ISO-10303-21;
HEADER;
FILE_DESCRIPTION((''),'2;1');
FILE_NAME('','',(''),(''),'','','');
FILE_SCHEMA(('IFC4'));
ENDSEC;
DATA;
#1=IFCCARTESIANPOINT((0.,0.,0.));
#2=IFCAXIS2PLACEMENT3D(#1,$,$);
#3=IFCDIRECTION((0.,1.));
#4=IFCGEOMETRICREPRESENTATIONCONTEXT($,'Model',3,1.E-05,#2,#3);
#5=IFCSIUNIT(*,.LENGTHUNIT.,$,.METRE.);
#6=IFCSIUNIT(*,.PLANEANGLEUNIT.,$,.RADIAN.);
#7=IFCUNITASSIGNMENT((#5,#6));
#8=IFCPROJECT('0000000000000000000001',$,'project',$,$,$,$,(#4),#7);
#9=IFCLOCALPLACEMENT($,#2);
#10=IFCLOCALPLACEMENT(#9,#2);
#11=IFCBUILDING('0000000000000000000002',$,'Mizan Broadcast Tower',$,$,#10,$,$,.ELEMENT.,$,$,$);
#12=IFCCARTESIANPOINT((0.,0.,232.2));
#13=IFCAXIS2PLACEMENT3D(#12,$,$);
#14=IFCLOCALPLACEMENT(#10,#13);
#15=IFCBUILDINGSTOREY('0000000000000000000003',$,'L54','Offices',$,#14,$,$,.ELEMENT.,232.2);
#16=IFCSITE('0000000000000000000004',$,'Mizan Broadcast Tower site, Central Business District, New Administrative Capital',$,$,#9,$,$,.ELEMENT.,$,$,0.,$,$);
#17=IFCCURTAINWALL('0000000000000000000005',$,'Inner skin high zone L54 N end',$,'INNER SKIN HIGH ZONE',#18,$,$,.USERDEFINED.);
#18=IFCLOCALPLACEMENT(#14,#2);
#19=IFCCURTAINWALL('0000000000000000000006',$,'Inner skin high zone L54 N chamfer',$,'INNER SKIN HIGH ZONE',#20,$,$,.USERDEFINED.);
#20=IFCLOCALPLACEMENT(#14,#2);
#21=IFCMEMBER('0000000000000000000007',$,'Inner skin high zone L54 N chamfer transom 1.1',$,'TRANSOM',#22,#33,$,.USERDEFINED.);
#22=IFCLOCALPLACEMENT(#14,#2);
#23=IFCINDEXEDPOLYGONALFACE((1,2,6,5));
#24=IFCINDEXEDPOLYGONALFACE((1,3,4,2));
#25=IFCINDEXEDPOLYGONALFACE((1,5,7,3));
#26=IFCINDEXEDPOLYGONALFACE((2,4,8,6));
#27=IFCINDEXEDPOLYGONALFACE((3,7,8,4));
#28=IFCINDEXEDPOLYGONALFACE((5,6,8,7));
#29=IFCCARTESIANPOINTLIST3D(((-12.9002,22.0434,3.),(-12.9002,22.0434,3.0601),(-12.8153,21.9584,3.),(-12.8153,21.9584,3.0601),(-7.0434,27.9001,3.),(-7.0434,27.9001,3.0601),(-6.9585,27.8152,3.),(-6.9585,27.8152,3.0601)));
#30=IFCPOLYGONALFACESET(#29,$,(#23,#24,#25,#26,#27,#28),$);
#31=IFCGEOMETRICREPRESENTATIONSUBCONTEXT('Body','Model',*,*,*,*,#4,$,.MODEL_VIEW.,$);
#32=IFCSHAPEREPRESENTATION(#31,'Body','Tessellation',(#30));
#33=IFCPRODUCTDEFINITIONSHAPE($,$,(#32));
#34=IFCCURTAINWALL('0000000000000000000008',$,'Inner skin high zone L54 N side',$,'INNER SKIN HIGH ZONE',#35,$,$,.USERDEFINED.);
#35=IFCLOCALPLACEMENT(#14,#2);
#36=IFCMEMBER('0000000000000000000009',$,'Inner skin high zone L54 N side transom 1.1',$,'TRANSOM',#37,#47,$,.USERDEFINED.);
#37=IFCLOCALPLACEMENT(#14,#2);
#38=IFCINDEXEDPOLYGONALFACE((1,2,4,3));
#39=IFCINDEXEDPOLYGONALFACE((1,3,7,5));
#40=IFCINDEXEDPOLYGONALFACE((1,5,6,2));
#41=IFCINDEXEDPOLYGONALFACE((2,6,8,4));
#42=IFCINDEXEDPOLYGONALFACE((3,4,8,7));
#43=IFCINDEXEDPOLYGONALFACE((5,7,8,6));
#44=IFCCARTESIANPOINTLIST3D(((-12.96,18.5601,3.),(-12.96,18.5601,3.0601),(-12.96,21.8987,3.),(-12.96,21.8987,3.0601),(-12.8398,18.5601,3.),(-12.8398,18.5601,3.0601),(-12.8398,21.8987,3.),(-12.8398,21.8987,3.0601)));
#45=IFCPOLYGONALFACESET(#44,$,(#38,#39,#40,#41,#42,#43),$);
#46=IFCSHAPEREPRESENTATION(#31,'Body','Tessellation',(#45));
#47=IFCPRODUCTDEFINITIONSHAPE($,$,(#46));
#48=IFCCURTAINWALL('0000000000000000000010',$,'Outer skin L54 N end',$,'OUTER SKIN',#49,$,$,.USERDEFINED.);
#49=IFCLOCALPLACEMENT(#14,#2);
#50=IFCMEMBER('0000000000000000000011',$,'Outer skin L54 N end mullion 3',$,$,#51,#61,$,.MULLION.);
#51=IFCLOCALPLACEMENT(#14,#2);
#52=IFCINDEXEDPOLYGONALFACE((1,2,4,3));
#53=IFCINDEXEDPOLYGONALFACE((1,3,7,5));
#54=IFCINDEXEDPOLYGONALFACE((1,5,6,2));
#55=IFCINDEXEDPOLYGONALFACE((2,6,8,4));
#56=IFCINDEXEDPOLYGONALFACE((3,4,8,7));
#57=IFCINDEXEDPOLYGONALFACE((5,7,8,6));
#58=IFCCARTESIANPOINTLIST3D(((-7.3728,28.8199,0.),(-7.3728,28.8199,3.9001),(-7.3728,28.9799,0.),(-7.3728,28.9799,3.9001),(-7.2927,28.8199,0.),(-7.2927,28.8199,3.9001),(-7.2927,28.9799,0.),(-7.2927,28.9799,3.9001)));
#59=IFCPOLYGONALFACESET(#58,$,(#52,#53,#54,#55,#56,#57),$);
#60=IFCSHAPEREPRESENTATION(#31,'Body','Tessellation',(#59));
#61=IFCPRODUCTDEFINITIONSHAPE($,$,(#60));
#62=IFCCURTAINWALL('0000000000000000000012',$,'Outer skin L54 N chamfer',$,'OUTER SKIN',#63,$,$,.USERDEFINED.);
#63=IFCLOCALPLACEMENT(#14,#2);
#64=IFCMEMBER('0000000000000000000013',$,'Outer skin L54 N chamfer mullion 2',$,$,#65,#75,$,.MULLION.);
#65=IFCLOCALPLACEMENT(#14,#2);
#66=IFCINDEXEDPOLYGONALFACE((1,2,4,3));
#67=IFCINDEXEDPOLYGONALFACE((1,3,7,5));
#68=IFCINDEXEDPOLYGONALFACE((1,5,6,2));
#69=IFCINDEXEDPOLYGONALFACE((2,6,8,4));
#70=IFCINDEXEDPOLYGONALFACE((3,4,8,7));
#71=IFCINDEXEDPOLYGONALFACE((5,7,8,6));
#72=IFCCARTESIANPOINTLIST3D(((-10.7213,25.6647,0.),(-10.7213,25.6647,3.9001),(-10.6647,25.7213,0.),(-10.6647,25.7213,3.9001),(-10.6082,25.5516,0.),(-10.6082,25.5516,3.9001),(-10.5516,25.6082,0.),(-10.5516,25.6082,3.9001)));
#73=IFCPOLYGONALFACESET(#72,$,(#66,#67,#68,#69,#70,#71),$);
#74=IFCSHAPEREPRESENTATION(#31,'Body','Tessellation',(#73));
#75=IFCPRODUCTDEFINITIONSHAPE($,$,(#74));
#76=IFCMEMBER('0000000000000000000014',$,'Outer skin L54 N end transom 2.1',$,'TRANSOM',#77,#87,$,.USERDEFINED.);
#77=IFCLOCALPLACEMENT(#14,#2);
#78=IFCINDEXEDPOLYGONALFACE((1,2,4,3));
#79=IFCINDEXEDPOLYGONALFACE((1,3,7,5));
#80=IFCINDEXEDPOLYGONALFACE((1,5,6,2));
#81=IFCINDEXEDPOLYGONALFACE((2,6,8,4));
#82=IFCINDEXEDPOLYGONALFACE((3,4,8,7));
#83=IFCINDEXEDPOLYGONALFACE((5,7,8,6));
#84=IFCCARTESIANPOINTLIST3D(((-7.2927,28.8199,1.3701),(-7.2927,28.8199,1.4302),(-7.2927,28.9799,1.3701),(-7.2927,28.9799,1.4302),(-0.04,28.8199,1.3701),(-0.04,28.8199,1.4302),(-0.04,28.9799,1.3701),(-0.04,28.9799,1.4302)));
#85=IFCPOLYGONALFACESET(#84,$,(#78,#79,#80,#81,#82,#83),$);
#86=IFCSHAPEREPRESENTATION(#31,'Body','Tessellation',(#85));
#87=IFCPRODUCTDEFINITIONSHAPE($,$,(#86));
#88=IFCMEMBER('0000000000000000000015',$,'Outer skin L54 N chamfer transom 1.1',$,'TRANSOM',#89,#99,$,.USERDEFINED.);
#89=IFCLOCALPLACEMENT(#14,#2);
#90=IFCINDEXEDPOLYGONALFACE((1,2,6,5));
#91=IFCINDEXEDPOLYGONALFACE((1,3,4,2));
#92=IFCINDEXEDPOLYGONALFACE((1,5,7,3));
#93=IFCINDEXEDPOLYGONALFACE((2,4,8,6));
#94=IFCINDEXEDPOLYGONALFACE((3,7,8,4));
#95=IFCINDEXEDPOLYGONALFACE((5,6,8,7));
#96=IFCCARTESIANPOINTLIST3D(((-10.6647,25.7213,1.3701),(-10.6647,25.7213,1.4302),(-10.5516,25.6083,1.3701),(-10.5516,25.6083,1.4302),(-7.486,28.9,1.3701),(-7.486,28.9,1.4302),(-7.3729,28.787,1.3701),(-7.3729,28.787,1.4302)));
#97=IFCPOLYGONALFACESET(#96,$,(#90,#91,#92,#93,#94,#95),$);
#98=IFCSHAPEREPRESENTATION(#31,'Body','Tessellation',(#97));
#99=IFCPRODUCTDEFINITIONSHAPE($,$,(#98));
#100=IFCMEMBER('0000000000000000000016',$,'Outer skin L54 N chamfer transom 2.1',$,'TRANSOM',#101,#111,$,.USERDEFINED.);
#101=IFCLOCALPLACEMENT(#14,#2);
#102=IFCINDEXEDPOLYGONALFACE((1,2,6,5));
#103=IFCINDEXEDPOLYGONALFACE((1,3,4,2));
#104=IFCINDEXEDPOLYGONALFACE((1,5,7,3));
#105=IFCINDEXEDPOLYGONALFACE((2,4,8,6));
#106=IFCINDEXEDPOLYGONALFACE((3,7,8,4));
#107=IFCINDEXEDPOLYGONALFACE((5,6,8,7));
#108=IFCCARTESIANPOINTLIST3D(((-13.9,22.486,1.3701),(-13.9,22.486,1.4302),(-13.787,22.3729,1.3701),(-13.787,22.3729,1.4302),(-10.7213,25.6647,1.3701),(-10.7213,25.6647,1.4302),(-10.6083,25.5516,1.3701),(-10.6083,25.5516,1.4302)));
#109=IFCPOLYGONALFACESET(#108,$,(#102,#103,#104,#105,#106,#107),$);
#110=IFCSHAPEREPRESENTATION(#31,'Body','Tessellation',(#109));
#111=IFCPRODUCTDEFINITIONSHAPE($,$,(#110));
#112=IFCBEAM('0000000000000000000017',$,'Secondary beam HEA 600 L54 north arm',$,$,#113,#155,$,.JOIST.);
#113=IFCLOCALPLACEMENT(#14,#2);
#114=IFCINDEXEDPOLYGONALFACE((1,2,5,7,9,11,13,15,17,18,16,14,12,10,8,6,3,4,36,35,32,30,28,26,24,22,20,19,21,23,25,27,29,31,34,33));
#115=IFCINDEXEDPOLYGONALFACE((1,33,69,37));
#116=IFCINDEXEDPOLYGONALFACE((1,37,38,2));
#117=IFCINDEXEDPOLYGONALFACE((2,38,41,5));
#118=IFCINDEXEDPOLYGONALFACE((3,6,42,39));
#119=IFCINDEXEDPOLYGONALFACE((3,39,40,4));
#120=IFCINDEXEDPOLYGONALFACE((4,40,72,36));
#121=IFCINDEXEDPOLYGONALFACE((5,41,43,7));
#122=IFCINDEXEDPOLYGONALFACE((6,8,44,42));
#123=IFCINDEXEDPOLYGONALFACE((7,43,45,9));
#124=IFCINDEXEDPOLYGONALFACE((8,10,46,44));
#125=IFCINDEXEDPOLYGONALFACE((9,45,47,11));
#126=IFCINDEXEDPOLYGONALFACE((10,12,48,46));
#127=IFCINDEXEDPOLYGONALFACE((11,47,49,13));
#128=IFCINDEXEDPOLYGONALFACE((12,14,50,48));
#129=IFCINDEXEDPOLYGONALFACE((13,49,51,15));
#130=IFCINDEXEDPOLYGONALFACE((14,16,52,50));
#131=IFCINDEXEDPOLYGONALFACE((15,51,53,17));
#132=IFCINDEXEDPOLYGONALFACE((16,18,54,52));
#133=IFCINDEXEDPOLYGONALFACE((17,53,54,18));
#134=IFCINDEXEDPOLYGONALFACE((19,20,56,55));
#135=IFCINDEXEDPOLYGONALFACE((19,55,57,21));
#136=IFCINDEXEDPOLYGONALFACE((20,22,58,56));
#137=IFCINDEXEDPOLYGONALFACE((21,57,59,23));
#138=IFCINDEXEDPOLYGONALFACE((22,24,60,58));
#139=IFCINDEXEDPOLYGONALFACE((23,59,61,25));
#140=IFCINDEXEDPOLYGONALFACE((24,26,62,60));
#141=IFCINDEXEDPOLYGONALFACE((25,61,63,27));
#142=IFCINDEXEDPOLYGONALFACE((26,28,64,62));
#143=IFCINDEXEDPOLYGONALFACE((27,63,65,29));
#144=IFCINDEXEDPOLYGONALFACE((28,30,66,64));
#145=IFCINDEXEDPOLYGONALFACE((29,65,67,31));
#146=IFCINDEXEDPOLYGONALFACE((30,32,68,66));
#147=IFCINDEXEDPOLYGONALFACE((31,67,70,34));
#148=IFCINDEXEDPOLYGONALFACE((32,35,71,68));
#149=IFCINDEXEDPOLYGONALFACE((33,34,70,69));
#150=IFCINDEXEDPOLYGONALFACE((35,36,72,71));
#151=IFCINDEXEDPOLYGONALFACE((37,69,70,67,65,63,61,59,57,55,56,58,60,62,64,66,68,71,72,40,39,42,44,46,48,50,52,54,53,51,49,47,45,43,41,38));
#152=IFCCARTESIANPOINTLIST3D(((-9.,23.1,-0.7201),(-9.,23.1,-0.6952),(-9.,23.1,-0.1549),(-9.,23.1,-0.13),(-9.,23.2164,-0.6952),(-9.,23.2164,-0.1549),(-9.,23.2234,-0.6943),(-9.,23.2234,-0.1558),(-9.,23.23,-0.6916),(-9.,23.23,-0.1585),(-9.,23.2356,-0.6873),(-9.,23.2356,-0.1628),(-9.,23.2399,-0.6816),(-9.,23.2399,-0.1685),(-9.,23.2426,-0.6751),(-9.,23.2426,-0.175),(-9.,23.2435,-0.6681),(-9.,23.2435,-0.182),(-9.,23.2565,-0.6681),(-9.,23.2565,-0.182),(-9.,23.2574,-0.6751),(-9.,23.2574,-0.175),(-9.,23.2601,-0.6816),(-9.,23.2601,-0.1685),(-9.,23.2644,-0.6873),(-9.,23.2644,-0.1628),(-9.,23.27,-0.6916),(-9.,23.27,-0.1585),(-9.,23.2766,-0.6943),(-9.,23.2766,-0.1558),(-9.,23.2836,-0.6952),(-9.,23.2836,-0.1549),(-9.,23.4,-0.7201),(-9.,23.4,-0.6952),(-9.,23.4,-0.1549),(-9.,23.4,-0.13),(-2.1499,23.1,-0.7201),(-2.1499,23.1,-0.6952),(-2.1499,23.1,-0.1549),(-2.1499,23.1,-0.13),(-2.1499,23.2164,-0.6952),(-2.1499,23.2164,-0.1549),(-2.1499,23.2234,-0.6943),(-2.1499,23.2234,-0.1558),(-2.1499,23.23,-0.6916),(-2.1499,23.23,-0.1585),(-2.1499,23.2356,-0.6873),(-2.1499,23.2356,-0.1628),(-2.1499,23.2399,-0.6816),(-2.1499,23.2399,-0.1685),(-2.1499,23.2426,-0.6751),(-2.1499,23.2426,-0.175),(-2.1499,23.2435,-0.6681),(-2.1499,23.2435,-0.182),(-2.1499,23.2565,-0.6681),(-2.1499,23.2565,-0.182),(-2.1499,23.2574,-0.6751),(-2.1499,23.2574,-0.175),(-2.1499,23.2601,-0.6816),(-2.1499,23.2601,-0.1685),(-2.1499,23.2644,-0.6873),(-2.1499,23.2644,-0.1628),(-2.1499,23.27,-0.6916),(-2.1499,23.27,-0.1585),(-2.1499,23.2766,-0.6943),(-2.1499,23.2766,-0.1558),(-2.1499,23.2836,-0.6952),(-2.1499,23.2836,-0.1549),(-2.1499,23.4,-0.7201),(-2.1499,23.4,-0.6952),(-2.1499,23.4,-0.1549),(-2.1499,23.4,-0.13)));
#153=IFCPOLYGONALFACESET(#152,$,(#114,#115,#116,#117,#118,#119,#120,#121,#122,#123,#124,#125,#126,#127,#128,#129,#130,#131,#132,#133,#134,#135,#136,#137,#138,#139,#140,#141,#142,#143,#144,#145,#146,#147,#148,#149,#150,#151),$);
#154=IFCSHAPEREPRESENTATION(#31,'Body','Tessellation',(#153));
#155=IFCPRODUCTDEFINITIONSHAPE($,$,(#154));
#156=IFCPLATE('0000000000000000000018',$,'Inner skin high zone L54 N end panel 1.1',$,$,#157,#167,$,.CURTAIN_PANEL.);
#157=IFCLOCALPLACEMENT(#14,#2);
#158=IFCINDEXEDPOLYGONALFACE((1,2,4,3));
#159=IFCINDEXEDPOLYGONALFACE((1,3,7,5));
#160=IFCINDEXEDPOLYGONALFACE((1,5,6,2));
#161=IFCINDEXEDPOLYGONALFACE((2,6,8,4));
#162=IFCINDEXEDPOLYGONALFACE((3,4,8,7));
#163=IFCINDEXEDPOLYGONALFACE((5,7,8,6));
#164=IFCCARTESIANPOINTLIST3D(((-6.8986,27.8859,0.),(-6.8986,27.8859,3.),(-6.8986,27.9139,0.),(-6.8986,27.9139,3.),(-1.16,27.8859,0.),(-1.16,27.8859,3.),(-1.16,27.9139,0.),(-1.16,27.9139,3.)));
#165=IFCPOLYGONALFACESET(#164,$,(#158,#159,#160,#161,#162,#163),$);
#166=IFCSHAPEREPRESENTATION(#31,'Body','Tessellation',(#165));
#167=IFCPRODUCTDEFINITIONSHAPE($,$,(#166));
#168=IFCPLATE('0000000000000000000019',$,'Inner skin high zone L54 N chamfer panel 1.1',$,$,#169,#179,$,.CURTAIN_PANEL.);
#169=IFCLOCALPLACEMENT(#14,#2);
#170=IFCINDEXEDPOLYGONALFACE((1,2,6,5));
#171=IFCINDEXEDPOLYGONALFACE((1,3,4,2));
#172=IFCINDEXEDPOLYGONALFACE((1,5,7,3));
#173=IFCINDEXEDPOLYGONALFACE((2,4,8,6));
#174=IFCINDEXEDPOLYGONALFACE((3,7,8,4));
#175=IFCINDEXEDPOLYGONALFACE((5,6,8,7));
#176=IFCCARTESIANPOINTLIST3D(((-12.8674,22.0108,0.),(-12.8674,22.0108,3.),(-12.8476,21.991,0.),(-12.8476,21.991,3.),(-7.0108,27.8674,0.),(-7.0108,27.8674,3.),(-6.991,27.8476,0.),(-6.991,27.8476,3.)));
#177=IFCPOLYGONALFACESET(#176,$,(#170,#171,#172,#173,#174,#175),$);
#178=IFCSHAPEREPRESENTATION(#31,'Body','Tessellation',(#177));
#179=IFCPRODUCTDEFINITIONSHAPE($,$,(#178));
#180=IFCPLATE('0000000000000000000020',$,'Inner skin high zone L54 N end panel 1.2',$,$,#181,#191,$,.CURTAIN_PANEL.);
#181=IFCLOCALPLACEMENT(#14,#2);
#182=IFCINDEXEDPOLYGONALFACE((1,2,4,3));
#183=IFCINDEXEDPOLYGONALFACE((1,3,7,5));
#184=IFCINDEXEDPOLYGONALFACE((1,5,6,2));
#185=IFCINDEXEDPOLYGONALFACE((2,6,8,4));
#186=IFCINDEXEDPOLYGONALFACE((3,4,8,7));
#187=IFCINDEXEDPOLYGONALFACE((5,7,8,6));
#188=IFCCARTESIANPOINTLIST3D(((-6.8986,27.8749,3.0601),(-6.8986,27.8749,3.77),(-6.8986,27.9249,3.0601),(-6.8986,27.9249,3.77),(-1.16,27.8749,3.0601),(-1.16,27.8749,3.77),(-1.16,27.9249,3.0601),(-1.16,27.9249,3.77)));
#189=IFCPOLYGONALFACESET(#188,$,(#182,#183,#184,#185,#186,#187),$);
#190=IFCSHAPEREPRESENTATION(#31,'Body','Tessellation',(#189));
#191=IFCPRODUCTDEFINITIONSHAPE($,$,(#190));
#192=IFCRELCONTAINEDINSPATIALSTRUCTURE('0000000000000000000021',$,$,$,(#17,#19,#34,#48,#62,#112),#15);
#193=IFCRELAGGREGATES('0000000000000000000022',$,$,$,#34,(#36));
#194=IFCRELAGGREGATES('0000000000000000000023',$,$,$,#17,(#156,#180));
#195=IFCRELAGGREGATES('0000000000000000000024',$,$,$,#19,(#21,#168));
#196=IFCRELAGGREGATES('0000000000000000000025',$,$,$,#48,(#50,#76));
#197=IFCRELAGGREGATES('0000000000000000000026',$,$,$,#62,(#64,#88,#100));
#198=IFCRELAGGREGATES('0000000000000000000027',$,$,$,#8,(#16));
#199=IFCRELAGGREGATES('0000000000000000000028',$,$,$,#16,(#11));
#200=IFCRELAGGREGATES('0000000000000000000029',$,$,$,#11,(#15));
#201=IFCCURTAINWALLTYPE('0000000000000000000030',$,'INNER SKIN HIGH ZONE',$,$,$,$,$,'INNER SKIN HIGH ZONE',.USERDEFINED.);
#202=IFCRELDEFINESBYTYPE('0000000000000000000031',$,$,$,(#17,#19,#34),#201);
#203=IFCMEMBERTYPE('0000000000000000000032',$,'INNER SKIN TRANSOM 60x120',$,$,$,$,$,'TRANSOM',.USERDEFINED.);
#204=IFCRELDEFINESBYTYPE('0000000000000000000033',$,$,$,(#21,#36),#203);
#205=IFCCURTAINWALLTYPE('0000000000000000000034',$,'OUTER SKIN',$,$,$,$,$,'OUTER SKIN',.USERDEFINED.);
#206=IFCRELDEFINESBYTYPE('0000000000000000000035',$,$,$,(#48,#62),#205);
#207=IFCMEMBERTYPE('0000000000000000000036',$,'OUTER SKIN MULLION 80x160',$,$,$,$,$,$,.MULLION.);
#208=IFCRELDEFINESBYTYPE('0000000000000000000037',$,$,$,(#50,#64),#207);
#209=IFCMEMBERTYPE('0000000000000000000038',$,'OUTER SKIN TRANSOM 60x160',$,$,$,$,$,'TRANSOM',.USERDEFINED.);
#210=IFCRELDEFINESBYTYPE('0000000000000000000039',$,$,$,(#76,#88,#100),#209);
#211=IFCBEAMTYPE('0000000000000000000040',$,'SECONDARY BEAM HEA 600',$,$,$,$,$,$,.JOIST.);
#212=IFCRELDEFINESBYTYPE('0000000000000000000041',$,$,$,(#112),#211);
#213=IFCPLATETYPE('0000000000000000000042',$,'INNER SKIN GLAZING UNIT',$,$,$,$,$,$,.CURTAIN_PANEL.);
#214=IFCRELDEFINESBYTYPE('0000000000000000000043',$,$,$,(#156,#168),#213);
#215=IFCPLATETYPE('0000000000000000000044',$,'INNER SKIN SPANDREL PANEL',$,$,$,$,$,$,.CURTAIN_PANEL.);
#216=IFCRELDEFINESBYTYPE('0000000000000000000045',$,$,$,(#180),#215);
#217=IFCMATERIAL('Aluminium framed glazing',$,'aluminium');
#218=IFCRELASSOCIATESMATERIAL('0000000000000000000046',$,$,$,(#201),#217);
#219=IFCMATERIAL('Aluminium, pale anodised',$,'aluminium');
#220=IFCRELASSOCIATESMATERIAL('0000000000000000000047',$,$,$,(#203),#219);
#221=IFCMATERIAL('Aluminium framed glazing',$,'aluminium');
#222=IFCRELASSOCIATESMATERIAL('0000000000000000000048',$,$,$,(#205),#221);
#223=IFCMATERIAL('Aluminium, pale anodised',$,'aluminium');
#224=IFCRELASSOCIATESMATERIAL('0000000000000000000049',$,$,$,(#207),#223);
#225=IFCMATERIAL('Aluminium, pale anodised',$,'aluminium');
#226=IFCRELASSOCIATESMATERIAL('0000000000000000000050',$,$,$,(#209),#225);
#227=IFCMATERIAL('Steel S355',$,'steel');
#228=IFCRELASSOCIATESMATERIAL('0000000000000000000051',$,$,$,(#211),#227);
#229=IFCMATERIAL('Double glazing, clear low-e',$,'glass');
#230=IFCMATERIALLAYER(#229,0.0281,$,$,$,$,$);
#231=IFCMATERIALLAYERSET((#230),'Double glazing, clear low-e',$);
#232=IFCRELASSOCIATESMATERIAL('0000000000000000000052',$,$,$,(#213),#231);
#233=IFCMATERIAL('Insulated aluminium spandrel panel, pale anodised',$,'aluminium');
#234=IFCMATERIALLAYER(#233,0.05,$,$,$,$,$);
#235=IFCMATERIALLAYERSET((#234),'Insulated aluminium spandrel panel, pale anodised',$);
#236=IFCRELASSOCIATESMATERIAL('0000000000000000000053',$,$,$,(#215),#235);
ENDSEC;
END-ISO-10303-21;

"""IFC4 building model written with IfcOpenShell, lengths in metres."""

from ifc_helpers import new_model, si_unit, direction, frame, origin, origin_2d, place, context, subcontext, project, spatial, rectangle, i_section, extrude, material, layer, layer_set, material_profile, profile_set, type_object, element, aggregate, save


model = new_model("IFC4")

# Units and contexts
model_context = context("Model", 3, precision=1e-05, world=origin(), true_north=direction((0.0, 1.0)))
body_context = subcontext(model_context, "Body", "Model", "MODEL_VIEW")
ifc_project = project(units=[si_unit("LENGTHUNIT", "METRE"), si_unit("PLANEANGLEUNIT", "RADIAN")], contexts=[model_context])

# Site, building, storey
site_placement = place(None, origin())
site = spatial("IfcSite", under=ifc_project, at=site_placement, Name="Mizan Broadcast Tower site, Central Business District, New Administrative Capital", CompositionType="ELEMENT", RefElevation=0.0)
building_placement = place(site_placement, origin())
building = spatial("IfcBuilding", under=site, at=building_placement, Name="Mizan Broadcast Tower", CompositionType="ELEMENT")
storey_placement = place(building_placement, frame((0.0, 0.0, 232.2)))
storey = spatial("IfcBuildingStorey", under=building, at=storey_placement, Name="L54", Description="Offices", CompositionType="ELEMENT", Elevation=232.2)

# Curtain wall
ifc_material_1 = material(Name="Aluminium framed glazing", Category="aluminium")
curtain_wall_type_1 = type_object("IfcCurtainWallType", Name="INNER SKIN HIGH ZONE", ElementType="INNER SKIN HIGH ZONE", PredefinedType="USERDEFINED", material=ifc_material_1)
curtain_wall_1_placement = place(storey_placement, origin())
curtain_wall_1 = element("IfcCurtainWall", 1, at=curtain_wall_1_placement, inside=storey, type_object=curtain_wall_type_1, Name="Inner skin high zone L54 N end", ObjectType="INNER SKIN HIGH ZONE", PredefinedType="USERDEFINED")

# Curtain wall
curtain_wall_2_placement = place(storey_placement, origin())
curtain_wall_2 = element("IfcCurtainWall", 2, at=curtain_wall_2_placement, inside=storey, type_object=curtain_wall_type_1, Name="Inner skin high zone L54 N chamfer", ObjectType="INNER SKIN HIGH ZONE", PredefinedType="USERDEFINED")

# Member
ifc_material_2 = material(Name="Aluminium, pale anodised", Category="aluminium")
ifc_material_profile_1 = material_profile(ifc_material_2, rectangle(XDim=0.1201, YDim=0.0601, at=origin_2d()), Name="TRANSOM 120x60")
ifc_profile_set_1 = profile_set([ifc_material_profile_1], Name="Aluminium, pale anodised")
member_type_1 = type_object("IfcMemberType", Name="INNER SKIN TRANSOM 60x120", ElementType="TRANSOM", PredefinedType="USERDEFINED", material=ifc_profile_set_1)
member_1_placement = place(storey_placement, frame((-7.001, 27.8577, 3.03), z_axis=(-0.707107, -0.707107, 0.0), x_axis=(0.707107, -0.707107, 0.0)))
member_1 = element("IfcMember", 3, at=member_1_placement, type_object=member_type_1, Name="Inner skin high zone L54 N chamfer transom 1.1", ObjectType="TRANSOM", PredefinedType="USERDEFINED", context=body_context, shape_type="SweptSolid", body=[
    extrude(rectangle(XDim=0.1201, YDim=0.0601, at=origin_2d()), origin(), (0.0, 0.0, 1.0), 8.2827),
])

# Curtain walls, members
curtain_wall_3_placement = place(storey_placement, origin())
curtain_wall_3 = element("IfcCurtainWall", 4, at=curtain_wall_3_placement, inside=storey, type_object=curtain_wall_type_1, Name="Inner skin high zone L54 N side", ObjectType="INNER SKIN HIGH ZONE", PredefinedType="USERDEFINED")
member_2_placement = place(storey_placement, frame((-12.8999, 21.8987, 3.03), z_axis=(0.0, -1.0, 0.0), x_axis=(1.0, 0.0, 0.0)))
member_2 = element("IfcMember", 5, at=member_2_placement, type_object=member_type_1, Name="Inner skin high zone L54 N side transom 1.1", ObjectType="TRANSOM", PredefinedType="USERDEFINED", context=body_context, shape_type="SweptSolid", body=[
    extrude(rectangle(XDim=0.1201, YDim=0.0601, at=origin_2d()), origin(), (0.0, 0.0, 1.0), 3.3386),
])
aggregate(curtain_wall_3, [member_2])
ifc_material_3 = material(Name="Aluminium framed glazing", Category="aluminium")
curtain_wall_type_2 = type_object("IfcCurtainWallType", Name="OUTER SKIN", ElementType="OUTER SKIN", PredefinedType="USERDEFINED", material=ifc_material_3)
curtain_wall_4_placement = place(storey_placement, origin())
curtain_wall_4 = element("IfcCurtainWall", 6, at=curtain_wall_4_placement, inside=storey, type_object=curtain_wall_type_2, Name="Outer skin L54 N end", ObjectType="OUTER SKIN", PredefinedType="USERDEFINED")
ifc_material_4 = material(Name="Aluminium, pale anodised", Category="aluminium")
ifc_material_profile_2 = material_profile(ifc_material_4, rectangle(XDim=0.1599, YDim=0.0801, at=origin_2d()), Name="MULLION 160x80")
ifc_profile_set_2 = profile_set([ifc_material_profile_2], Name="Aluminium, pale anodised")
member_type_2 = type_object("IfcMemberType", Name="OUTER SKIN MULLION 80x160", PredefinedType="MULLION", material=ifc_profile_set_2)
member_3_placement = place(storey_placement, frame((-7.3328, 28.8999, 0.0), z_axis=(0.0, 0.0, 1.0), x_axis=(0.0, -1.0, 0.0)))
member_3 = element("IfcMember", 7, at=member_3_placement, type_object=member_type_2, Name="Outer skin L54 N end mullion 3", PredefinedType="MULLION", context=body_context, shape_type="SweptSolid", body=[
    extrude(rectangle(XDim=0.1599, YDim=0.0801, at=origin_2d()), origin(), (0.0, 0.0, 1.0), 3.9001),
])
curtain_wall_5_placement = place(storey_placement, origin())
curtain_wall_5 = element("IfcCurtainWall", 8, at=curtain_wall_5_placement, inside=storey, type_object=curtain_wall_type_2, Name="Outer skin L54 N chamfer", ObjectType="OUTER SKIN", PredefinedType="USERDEFINED")
member_4_placement = place(storey_placement, frame((-10.6365, 25.6365, 0.0), z_axis=(0.0, 0.0, 1.0), x_axis=(0.707107, -0.707107, 0.0)))
member_4 = element("IfcMember", 9, at=member_4_placement, type_object=member_type_2, Name="Outer skin L54 N chamfer mullion 2", PredefinedType="MULLION", context=body_context, shape_type="SweptSolid", body=[
    extrude(rectangle(XDim=0.1599, YDim=0.0801, at=origin_2d()), origin(), (0.0, 0.0, 1.0), 3.9001),
])

# Members
ifc_material_5 = material(Name="Aluminium, pale anodised", Category="aluminium")
ifc_material_profile_3 = material_profile(ifc_material_5, rectangle(XDim=0.1599, YDim=0.0601, at=origin_2d()), Name="TRANSOM 160x60")
ifc_profile_set_3 = profile_set([ifc_material_profile_3], Name="Aluminium, pale anodised")
member_type_3 = type_object("IfcMemberType", Name="OUTER SKIN TRANSOM 60x160", ElementType="TRANSOM", PredefinedType="USERDEFINED", material=ifc_profile_set_3)
member_5_placement = place(storey_placement, frame((-0.04, 28.8999, 1.4001), z_axis=(-1.0, 0.0, 0.0), x_axis=(0.0, -1.0, 0.0)))
member_5 = element("IfcMember", 10, at=member_5_placement, type_object=member_type_3, Name="Outer skin L54 N end transom 2.1", ObjectType="TRANSOM", PredefinedType="USERDEFINED", context=body_context, shape_type="SweptSolid", body=[
    extrude(rectangle(XDim=0.1599, YDim=0.0601, at=origin_2d()), origin(), (0.0, 0.0, 1.0), 7.2527),
])
member_6_placement = place(storey_placement, frame((-7.4294, 28.8435, 1.4001), z_axis=(-0.707107, -0.707107, 0.0), x_axis=(0.707107, -0.707107, 0.0)))
member_6 = element("IfcMember", 11, at=member_6_placement, type_object=member_type_3, Name="Outer skin L54 N chamfer transom 1.1", ObjectType="TRANSOM", PredefinedType="USERDEFINED", context=body_context, shape_type="SweptSolid", body=[
    extrude(rectangle(XDim=0.1599, YDim=0.0601, at=origin_2d()), origin(), (0.0, 0.0, 1.0), 4.4954),
])
member_7_placement = place(storey_placement, frame((-10.6648, 25.6082, 1.4001), z_axis=(-0.707107, -0.707107, 0.0), x_axis=(0.707107, -0.707107, 0.0)))
member_7 = element("IfcMember", 12, at=member_7_placement, type_object=member_type_3, Name="Outer skin L54 N chamfer transom 2.1", ObjectType="TRANSOM", PredefinedType="USERDEFINED", context=body_context, shape_type="SweptSolid", body=[
    extrude(rectangle(XDim=0.1599, YDim=0.0601, at=origin_2d()), origin(), (0.0, 0.0, 1.0), 4.4954),
])

# Beam
ifc_material_6 = material(Name="Steel S355", Category="steel")
ifc_material_profile_4 = material_profile(ifc_material_6, i_section(OverallWidth=0.3, OverallDepth=0.5901, WebThickness=0.0129, FlangeThickness=0.0249, FilletRadius=0.0271, at=origin_2d()), Name="HEA 600")
ifc_profile_set_4 = profile_set([ifc_material_profile_4], Name="Steel S355")
beam_type_1 = type_object("IfcBeamType", Name="SECONDARY BEAM HEA 600", PredefinedType="JOIST", material=ifc_profile_set_4)
beam_1_placement = place(storey_placement, frame((-9.0, 23.25, -0.425), z_axis=(1.0, 0.0, 0.0), x_axis=(0.0, 1.0, 0.0)))
element("IfcBeam", 13, at=beam_1_placement, inside=storey, type_object=beam_type_1, Name="Secondary beam HEA 600 L54 north arm", PredefinedType="JOIST", context=body_context, shape_type="SweptSolid", body=[
    extrude(i_section(OverallWidth=0.3, OverallDepth=0.5901, WebThickness=0.0129, FlangeThickness=0.0249, FilletRadius=0.0271, at=origin_2d()), origin(), (0.0, 0.0, 1.0), 6.8501),
])

# Plates
ifc_material_7 = material(Name="Double glazing, clear low-e", Category="glass")
ifc_layer_1 = layer(ifc_material_7, 0.0281)
ifc_layer_set_1 = layer_set([ifc_layer_1], Name="Double glazing, clear low-e")
plate_type_1 = type_object("IfcPlateType", Name="INNER SKIN GLAZING UNIT", PredefinedType="CURTAIN_PANEL", material=ifc_layer_set_1)
plate_1_placement = place(storey_placement, frame((-4.0293, 27.8999, 0.0), z_axis=(0.0, 0.0, 1.0), x_axis=(-1.0, 0.0, 0.0)))
plate_1 = element("IfcPlate", 14, at=plate_1_placement, type_object=plate_type_1, Name="Inner skin high zone L54 N end panel 1.1", PredefinedType="CURTAIN_PANEL", context=body_context, shape_type="SweptSolid", body=[
    extrude(rectangle(XDim=5.7385, YDim=0.0281, at=origin_2d()), origin(), (0.0, 0.0, 1.0), 3.0),
])
plate_2_placement = place(storey_placement, frame((-9.9292, 24.9292, 0.0), z_axis=(0.0, 0.0, 1.0), x_axis=(-0.707107, -0.707107, 0.0)))
plate_2 = element("IfcPlate", 15, at=plate_2_placement, type_object=plate_type_1, Name="Inner skin high zone L54 N chamfer panel 1.1", PredefinedType="CURTAIN_PANEL", context=body_context, shape_type="SweptSolid", body=[
    extrude(rectangle(XDim=8.2825, YDim=0.0281, at=origin_2d()), origin(), (0.0, 0.0, 1.0), 3.0),
])
ifc_material_8 = material(Name="Insulated aluminium spandrel panel, pale anodised", Category="aluminium")
ifc_layer_2 = layer(ifc_material_8, 0.05)
ifc_layer_set_2 = layer_set([ifc_layer_2], Name="Insulated aluminium spandrel panel, pale anodised")
plate_type_2 = type_object("IfcPlateType", Name="INNER SKIN SPANDREL PANEL", PredefinedType="CURTAIN_PANEL", material=ifc_layer_set_2)
plate_3_placement = place(storey_placement, frame((-4.0293, 27.8999, 3.0601), z_axis=(0.0, 0.0, 1.0), x_axis=(-1.0, 0.0, 0.0)))
plate_3 = element("IfcPlate", 16, at=plate_3_placement, type_object=plate_type_2, Name="Inner skin high zone L54 N end panel 1.2", PredefinedType="CURTAIN_PANEL", context=body_context, shape_type="SweptSolid", body=[
    extrude(rectangle(XDim=5.7385, YDim=0.05, at=origin_2d()), origin(), (0.0, 0.0, 1.0), 0.71),
])
aggregate(curtain_wall_1, [plate_1, plate_3])
aggregate(curtain_wall_2, [member_1, plate_2])
aggregate(curtain_wall_4, [member_3, member_5])
aggregate(curtain_wall_5, [member_4, member_6, member_7])

save(model, "model.ifc")
